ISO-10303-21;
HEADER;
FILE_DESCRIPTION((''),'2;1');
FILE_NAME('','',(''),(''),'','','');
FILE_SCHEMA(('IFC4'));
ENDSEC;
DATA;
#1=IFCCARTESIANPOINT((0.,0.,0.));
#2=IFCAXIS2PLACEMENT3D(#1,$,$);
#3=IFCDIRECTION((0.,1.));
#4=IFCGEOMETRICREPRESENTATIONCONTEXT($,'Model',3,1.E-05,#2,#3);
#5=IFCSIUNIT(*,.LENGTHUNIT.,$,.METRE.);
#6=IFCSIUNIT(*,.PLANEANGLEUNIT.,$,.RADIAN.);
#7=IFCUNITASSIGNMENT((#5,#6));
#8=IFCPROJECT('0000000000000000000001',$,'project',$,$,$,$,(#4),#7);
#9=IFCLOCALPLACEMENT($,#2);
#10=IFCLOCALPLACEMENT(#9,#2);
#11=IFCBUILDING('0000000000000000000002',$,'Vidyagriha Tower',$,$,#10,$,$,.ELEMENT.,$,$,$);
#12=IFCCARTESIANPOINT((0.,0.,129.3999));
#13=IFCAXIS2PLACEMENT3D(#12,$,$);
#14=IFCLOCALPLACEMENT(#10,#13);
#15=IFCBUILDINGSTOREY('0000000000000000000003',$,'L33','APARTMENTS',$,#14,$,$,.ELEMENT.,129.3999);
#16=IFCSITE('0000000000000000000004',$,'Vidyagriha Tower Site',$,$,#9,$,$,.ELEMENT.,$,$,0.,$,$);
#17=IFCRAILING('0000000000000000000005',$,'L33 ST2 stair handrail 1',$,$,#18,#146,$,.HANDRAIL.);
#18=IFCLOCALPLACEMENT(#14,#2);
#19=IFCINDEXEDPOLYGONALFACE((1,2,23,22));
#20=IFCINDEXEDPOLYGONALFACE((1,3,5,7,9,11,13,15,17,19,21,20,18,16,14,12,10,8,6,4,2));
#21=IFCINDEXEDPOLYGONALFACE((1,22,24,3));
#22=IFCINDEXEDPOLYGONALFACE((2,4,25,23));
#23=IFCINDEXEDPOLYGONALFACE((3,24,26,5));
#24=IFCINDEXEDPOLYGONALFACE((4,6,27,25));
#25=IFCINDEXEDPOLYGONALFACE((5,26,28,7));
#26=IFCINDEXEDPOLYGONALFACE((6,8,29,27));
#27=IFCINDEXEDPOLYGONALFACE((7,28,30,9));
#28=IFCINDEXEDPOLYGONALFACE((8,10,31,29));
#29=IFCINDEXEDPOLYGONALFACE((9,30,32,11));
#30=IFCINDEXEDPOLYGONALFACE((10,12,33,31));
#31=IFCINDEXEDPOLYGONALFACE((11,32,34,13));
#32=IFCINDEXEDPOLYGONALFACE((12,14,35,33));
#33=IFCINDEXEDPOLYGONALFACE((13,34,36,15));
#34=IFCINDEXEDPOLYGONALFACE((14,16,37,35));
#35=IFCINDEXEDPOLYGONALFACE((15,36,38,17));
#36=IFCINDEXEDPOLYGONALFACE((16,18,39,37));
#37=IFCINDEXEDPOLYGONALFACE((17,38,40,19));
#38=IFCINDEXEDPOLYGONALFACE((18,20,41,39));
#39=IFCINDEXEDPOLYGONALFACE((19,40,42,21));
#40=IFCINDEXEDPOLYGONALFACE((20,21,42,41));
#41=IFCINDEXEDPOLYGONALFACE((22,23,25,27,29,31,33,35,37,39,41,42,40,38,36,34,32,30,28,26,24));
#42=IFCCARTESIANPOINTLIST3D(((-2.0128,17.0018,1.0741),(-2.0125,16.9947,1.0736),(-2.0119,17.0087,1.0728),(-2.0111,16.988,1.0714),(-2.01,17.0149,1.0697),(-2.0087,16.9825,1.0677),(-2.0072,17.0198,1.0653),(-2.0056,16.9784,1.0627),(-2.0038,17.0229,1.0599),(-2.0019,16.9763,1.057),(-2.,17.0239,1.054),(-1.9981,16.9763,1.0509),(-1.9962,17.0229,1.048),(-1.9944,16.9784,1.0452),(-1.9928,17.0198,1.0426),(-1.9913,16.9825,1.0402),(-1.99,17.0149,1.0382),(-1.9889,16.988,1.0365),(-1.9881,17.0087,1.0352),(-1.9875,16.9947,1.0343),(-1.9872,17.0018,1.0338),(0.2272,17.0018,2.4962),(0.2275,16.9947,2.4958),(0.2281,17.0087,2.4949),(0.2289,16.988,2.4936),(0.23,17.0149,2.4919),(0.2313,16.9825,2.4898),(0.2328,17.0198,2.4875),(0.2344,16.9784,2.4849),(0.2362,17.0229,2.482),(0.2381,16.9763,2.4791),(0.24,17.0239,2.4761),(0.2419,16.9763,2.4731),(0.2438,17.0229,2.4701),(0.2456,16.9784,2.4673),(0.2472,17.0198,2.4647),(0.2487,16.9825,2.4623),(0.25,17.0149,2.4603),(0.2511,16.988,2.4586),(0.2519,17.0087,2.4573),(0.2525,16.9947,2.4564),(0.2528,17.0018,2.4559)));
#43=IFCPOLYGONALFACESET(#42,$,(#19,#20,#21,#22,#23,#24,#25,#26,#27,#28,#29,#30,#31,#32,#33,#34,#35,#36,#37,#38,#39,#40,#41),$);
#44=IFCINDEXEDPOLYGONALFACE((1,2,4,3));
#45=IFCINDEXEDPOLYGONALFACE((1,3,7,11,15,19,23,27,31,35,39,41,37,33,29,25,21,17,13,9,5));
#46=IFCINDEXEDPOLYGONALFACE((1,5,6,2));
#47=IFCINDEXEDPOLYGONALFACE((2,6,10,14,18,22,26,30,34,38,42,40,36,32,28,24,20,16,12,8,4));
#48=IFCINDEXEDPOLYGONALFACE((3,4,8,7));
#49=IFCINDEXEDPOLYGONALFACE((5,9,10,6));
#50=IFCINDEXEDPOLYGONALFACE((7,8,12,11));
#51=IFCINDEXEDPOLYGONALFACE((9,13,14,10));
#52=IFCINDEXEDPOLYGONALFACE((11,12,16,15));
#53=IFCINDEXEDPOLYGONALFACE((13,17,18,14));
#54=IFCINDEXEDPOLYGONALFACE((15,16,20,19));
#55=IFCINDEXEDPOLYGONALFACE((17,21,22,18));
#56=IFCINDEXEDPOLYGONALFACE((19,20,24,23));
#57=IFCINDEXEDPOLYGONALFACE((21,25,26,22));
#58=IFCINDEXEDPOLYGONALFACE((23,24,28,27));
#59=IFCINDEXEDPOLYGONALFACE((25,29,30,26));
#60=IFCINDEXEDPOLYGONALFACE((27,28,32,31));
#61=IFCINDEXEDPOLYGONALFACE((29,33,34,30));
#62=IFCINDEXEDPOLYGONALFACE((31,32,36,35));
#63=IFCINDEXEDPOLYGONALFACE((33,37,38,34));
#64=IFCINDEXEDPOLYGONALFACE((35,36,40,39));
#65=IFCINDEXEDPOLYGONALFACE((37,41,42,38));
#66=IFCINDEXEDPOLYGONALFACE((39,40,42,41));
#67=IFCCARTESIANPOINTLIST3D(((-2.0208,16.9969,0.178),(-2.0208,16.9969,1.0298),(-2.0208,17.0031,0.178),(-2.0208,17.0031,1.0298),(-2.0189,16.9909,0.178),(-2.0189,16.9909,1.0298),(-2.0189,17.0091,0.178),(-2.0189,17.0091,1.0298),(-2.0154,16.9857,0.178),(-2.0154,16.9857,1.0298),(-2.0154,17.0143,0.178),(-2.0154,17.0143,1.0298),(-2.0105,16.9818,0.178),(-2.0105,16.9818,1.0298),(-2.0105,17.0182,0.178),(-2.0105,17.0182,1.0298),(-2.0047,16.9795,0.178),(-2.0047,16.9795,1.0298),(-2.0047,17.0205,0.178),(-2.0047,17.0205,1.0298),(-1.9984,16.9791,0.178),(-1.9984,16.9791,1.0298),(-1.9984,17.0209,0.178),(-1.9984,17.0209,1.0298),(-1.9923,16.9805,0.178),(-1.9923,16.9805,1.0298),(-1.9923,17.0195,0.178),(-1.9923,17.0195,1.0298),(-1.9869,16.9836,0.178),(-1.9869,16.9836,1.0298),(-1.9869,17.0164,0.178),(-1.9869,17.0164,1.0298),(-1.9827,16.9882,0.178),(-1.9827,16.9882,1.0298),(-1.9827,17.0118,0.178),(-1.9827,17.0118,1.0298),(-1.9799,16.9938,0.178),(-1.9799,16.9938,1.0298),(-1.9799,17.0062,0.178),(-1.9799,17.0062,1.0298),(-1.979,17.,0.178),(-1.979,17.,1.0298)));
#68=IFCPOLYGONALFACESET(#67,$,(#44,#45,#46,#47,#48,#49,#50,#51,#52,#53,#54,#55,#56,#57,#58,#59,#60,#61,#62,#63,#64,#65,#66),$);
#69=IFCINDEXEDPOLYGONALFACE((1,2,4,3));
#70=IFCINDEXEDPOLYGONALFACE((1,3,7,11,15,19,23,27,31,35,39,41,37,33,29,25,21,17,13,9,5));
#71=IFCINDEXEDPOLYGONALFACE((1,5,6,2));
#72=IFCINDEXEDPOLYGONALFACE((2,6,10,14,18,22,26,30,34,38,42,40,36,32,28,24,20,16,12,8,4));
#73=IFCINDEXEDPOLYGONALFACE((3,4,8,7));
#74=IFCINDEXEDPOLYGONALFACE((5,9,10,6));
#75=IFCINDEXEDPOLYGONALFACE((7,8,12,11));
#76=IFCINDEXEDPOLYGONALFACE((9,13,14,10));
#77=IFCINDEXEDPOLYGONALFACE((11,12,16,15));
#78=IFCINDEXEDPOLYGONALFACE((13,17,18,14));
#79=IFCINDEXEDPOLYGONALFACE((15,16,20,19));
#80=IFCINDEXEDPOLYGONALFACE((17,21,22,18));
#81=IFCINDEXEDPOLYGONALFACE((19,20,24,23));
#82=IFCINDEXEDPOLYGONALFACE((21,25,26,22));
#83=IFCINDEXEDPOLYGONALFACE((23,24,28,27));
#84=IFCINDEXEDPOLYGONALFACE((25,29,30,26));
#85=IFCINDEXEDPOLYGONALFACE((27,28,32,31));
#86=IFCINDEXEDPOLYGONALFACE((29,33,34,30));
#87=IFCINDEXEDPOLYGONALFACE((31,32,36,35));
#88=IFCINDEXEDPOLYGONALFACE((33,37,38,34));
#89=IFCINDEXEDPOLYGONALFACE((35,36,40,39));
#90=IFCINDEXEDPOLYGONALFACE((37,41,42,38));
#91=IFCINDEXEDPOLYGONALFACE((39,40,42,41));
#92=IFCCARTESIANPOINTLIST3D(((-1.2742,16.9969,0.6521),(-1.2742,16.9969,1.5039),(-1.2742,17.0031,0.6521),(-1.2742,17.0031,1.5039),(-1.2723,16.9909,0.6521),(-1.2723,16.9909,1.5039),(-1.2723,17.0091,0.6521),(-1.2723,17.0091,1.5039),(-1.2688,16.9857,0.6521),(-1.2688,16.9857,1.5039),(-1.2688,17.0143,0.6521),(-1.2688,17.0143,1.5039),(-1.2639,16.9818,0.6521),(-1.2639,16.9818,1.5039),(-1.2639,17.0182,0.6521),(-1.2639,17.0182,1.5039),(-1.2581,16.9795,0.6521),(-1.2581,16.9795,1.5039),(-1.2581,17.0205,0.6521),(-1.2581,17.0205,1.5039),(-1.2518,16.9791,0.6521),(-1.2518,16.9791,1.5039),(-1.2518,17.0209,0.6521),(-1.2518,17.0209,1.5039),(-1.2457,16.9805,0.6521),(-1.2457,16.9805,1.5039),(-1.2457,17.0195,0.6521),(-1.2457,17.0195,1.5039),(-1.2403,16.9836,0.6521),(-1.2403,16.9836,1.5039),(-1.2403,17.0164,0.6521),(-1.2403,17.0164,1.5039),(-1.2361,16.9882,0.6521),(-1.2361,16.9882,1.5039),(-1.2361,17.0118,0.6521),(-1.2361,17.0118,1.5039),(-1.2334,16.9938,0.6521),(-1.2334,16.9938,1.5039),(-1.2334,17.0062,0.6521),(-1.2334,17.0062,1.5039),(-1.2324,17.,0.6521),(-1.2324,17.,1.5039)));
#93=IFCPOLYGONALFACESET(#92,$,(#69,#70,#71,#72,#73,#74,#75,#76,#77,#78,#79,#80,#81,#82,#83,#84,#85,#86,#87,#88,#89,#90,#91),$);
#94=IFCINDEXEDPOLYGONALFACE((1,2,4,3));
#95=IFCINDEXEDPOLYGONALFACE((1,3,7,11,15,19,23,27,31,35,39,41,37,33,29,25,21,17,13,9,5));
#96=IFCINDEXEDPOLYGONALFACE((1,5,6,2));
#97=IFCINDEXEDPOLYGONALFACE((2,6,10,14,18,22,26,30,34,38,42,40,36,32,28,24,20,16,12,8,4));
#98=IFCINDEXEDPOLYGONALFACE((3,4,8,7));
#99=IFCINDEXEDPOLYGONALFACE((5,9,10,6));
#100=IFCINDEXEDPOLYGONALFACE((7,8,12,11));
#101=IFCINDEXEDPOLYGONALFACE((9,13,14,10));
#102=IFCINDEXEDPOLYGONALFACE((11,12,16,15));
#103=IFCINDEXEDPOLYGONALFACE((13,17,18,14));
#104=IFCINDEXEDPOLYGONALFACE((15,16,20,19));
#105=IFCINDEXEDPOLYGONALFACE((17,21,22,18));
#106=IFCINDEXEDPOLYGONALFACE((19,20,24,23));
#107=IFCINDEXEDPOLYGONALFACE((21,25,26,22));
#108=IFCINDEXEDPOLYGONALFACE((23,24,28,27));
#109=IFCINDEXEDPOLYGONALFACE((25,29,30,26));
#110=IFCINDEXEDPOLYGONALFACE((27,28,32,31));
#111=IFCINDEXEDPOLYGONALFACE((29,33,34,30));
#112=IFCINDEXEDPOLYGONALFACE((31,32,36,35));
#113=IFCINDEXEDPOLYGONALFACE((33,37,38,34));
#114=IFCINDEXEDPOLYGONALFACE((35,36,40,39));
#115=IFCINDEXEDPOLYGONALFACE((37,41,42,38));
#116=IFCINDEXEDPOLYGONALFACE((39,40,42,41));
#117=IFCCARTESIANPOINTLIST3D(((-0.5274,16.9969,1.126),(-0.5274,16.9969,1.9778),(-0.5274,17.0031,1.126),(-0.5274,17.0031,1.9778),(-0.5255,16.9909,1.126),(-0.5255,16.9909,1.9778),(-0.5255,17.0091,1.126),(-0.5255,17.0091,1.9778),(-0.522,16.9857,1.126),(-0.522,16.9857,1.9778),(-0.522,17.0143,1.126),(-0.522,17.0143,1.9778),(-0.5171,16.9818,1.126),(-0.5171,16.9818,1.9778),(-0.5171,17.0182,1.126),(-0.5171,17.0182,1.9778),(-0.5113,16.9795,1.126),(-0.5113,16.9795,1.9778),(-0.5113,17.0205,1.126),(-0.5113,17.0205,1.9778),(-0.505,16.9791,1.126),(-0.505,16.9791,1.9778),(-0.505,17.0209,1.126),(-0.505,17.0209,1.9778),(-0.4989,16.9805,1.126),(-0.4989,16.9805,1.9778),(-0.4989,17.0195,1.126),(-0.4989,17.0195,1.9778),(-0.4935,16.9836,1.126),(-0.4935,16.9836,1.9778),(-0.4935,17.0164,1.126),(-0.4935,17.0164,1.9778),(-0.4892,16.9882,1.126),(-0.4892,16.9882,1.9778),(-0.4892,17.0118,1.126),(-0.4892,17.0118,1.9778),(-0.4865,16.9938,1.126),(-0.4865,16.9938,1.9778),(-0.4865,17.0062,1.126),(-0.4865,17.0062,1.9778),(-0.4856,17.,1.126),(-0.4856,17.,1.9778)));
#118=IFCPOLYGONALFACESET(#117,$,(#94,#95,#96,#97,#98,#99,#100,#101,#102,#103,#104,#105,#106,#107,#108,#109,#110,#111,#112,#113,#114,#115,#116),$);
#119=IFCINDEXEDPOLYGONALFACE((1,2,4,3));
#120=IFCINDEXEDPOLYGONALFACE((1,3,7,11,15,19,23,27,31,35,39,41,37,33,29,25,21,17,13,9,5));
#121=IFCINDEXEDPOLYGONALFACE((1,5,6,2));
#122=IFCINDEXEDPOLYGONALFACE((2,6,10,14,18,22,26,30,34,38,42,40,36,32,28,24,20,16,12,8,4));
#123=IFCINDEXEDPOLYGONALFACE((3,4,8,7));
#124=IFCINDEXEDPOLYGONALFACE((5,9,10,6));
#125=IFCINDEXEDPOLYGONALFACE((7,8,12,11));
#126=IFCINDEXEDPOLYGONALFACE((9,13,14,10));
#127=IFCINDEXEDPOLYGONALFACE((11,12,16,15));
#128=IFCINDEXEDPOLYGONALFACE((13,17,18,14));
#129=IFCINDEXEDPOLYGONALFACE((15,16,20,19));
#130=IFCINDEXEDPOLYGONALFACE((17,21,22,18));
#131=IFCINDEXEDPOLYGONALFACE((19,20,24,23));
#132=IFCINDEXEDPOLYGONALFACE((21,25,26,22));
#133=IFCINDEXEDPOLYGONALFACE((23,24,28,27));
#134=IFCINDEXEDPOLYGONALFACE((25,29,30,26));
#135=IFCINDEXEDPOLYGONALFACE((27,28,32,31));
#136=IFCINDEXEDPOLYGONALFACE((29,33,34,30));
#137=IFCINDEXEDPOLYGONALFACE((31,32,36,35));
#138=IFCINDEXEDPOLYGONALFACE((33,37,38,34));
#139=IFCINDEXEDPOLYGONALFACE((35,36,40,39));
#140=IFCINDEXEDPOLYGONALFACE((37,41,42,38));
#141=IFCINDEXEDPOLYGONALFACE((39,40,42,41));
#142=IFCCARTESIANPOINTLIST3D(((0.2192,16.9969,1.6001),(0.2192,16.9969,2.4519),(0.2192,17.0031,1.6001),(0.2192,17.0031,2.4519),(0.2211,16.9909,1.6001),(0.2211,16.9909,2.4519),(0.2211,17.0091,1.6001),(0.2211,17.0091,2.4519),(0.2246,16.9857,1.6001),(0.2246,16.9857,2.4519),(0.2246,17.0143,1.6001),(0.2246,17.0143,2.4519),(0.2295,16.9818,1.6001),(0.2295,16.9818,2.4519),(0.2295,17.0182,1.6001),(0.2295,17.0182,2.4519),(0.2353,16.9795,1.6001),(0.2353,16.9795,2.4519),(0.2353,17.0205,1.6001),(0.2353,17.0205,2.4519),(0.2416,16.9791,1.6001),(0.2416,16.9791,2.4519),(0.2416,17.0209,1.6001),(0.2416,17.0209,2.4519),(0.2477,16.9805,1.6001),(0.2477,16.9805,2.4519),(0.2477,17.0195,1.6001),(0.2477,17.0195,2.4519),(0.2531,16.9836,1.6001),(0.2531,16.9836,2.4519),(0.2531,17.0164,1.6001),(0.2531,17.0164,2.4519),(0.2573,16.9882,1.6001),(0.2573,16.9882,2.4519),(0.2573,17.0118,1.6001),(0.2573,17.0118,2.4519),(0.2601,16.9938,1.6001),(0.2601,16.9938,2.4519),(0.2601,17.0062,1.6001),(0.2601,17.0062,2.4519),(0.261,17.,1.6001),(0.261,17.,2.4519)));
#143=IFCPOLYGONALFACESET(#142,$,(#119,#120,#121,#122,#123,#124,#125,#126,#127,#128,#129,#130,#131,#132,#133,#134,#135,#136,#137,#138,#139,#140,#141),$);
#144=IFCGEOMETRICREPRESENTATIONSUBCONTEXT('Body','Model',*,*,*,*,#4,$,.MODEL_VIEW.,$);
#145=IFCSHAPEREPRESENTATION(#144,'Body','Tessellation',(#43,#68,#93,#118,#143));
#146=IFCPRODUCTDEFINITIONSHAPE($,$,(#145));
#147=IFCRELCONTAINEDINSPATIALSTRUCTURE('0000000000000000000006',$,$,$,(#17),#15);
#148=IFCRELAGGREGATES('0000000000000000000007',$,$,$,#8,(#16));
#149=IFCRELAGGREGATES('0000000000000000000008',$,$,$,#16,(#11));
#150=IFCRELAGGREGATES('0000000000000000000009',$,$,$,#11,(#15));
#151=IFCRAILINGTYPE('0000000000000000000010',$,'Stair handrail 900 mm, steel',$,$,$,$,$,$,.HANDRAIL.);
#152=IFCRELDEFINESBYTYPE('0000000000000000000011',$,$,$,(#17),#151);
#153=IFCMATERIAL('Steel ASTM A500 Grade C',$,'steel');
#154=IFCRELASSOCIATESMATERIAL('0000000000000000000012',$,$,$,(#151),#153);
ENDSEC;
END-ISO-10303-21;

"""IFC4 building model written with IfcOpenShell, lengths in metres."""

from ifc_helpers import new_model, si_unit, direction, frame, origin, origin_2d, place, context, subcontext, project, spatial, circle, extrude, material, type_object, element, save


model = new_model("IFC4")

# Units and contexts
model_context = context("Model", 3, precision=1e-05, world=origin(), true_north=direction((0.0, 1.0)))
body_context = subcontext(model_context, "Body", "Model", "MODEL_VIEW")
ifc_project = project(units=[si_unit("LENGTHUNIT", "METRE"), si_unit("PLANEANGLEUNIT", "RADIAN")], contexts=[model_context])

# Site, building, storey
site_placement = place(None, origin())
site = spatial("IfcSite", under=ifc_project, at=site_placement, Name="Vidyagriha Tower Site", CompositionType="ELEMENT", RefElevation=0.0)
building_placement = place(site_placement, origin())
building = spatial("IfcBuilding", under=site, at=building_placement, Name="Vidyagriha Tower", CompositionType="ELEMENT")
storey_placement = place(building_placement, frame((0.0, 0.0, 129.3999)))
storey = spatial("IfcBuildingStorey", under=building, at=storey_placement, Name="L33", Description="APARTMENTS", CompositionType="ELEMENT", Elevation=129.3999)

# Railing
ifc_material_1 = material(Name="Steel ASTM A500 Grade C", Category="steel")
railing_type_1 = type_object("IfcRailingType", Name="Stair handrail 900 mm, steel", PredefinedType="HANDRAIL", material=ifc_material_1)
railing_1_placement = place(storey_placement, frame((-2.0, 17.0, 0.178)))
element("IfcRailing", 1, at=railing_1_placement, inside=storey, type_object=railing_type_1, Name="L33 ST2 stair handrail 1", PredefinedType="HANDRAIL", context=body_context, shape_type="SweptSolid", body=[
    extrude(circle(Radius=0.0239, at=origin_2d()), frame((0.0, 0.0, 0.876), z_axis=(0.844229, 0.0, 0.535982), x_axis=(0.0, 1.0, 0.0)), (0.0, 0.0, 1.0), 2.6533),
    extrude(circle(Radius=0.021, at=origin_2d()), origin(), (0.0, 0.0, 1.0), 0.8518),
    extrude(circle(Radius=0.021, at=origin_2d()), frame((0.7466, 0.0, 0.4741)), (0.0, 0.0, 1.0), 0.8518),
    extrude(circle(Radius=0.021, at=origin_2d()), frame((1.4934, 0.0, 0.948)), (0.0, 0.0, 1.0), 0.8518),
    extrude(circle(Radius=0.021, at=origin_2d()), frame((2.24, 0.0, 1.4221)), (0.0, 0.0, 1.0), 0.8518),
])

save(model, "model.ifc")
